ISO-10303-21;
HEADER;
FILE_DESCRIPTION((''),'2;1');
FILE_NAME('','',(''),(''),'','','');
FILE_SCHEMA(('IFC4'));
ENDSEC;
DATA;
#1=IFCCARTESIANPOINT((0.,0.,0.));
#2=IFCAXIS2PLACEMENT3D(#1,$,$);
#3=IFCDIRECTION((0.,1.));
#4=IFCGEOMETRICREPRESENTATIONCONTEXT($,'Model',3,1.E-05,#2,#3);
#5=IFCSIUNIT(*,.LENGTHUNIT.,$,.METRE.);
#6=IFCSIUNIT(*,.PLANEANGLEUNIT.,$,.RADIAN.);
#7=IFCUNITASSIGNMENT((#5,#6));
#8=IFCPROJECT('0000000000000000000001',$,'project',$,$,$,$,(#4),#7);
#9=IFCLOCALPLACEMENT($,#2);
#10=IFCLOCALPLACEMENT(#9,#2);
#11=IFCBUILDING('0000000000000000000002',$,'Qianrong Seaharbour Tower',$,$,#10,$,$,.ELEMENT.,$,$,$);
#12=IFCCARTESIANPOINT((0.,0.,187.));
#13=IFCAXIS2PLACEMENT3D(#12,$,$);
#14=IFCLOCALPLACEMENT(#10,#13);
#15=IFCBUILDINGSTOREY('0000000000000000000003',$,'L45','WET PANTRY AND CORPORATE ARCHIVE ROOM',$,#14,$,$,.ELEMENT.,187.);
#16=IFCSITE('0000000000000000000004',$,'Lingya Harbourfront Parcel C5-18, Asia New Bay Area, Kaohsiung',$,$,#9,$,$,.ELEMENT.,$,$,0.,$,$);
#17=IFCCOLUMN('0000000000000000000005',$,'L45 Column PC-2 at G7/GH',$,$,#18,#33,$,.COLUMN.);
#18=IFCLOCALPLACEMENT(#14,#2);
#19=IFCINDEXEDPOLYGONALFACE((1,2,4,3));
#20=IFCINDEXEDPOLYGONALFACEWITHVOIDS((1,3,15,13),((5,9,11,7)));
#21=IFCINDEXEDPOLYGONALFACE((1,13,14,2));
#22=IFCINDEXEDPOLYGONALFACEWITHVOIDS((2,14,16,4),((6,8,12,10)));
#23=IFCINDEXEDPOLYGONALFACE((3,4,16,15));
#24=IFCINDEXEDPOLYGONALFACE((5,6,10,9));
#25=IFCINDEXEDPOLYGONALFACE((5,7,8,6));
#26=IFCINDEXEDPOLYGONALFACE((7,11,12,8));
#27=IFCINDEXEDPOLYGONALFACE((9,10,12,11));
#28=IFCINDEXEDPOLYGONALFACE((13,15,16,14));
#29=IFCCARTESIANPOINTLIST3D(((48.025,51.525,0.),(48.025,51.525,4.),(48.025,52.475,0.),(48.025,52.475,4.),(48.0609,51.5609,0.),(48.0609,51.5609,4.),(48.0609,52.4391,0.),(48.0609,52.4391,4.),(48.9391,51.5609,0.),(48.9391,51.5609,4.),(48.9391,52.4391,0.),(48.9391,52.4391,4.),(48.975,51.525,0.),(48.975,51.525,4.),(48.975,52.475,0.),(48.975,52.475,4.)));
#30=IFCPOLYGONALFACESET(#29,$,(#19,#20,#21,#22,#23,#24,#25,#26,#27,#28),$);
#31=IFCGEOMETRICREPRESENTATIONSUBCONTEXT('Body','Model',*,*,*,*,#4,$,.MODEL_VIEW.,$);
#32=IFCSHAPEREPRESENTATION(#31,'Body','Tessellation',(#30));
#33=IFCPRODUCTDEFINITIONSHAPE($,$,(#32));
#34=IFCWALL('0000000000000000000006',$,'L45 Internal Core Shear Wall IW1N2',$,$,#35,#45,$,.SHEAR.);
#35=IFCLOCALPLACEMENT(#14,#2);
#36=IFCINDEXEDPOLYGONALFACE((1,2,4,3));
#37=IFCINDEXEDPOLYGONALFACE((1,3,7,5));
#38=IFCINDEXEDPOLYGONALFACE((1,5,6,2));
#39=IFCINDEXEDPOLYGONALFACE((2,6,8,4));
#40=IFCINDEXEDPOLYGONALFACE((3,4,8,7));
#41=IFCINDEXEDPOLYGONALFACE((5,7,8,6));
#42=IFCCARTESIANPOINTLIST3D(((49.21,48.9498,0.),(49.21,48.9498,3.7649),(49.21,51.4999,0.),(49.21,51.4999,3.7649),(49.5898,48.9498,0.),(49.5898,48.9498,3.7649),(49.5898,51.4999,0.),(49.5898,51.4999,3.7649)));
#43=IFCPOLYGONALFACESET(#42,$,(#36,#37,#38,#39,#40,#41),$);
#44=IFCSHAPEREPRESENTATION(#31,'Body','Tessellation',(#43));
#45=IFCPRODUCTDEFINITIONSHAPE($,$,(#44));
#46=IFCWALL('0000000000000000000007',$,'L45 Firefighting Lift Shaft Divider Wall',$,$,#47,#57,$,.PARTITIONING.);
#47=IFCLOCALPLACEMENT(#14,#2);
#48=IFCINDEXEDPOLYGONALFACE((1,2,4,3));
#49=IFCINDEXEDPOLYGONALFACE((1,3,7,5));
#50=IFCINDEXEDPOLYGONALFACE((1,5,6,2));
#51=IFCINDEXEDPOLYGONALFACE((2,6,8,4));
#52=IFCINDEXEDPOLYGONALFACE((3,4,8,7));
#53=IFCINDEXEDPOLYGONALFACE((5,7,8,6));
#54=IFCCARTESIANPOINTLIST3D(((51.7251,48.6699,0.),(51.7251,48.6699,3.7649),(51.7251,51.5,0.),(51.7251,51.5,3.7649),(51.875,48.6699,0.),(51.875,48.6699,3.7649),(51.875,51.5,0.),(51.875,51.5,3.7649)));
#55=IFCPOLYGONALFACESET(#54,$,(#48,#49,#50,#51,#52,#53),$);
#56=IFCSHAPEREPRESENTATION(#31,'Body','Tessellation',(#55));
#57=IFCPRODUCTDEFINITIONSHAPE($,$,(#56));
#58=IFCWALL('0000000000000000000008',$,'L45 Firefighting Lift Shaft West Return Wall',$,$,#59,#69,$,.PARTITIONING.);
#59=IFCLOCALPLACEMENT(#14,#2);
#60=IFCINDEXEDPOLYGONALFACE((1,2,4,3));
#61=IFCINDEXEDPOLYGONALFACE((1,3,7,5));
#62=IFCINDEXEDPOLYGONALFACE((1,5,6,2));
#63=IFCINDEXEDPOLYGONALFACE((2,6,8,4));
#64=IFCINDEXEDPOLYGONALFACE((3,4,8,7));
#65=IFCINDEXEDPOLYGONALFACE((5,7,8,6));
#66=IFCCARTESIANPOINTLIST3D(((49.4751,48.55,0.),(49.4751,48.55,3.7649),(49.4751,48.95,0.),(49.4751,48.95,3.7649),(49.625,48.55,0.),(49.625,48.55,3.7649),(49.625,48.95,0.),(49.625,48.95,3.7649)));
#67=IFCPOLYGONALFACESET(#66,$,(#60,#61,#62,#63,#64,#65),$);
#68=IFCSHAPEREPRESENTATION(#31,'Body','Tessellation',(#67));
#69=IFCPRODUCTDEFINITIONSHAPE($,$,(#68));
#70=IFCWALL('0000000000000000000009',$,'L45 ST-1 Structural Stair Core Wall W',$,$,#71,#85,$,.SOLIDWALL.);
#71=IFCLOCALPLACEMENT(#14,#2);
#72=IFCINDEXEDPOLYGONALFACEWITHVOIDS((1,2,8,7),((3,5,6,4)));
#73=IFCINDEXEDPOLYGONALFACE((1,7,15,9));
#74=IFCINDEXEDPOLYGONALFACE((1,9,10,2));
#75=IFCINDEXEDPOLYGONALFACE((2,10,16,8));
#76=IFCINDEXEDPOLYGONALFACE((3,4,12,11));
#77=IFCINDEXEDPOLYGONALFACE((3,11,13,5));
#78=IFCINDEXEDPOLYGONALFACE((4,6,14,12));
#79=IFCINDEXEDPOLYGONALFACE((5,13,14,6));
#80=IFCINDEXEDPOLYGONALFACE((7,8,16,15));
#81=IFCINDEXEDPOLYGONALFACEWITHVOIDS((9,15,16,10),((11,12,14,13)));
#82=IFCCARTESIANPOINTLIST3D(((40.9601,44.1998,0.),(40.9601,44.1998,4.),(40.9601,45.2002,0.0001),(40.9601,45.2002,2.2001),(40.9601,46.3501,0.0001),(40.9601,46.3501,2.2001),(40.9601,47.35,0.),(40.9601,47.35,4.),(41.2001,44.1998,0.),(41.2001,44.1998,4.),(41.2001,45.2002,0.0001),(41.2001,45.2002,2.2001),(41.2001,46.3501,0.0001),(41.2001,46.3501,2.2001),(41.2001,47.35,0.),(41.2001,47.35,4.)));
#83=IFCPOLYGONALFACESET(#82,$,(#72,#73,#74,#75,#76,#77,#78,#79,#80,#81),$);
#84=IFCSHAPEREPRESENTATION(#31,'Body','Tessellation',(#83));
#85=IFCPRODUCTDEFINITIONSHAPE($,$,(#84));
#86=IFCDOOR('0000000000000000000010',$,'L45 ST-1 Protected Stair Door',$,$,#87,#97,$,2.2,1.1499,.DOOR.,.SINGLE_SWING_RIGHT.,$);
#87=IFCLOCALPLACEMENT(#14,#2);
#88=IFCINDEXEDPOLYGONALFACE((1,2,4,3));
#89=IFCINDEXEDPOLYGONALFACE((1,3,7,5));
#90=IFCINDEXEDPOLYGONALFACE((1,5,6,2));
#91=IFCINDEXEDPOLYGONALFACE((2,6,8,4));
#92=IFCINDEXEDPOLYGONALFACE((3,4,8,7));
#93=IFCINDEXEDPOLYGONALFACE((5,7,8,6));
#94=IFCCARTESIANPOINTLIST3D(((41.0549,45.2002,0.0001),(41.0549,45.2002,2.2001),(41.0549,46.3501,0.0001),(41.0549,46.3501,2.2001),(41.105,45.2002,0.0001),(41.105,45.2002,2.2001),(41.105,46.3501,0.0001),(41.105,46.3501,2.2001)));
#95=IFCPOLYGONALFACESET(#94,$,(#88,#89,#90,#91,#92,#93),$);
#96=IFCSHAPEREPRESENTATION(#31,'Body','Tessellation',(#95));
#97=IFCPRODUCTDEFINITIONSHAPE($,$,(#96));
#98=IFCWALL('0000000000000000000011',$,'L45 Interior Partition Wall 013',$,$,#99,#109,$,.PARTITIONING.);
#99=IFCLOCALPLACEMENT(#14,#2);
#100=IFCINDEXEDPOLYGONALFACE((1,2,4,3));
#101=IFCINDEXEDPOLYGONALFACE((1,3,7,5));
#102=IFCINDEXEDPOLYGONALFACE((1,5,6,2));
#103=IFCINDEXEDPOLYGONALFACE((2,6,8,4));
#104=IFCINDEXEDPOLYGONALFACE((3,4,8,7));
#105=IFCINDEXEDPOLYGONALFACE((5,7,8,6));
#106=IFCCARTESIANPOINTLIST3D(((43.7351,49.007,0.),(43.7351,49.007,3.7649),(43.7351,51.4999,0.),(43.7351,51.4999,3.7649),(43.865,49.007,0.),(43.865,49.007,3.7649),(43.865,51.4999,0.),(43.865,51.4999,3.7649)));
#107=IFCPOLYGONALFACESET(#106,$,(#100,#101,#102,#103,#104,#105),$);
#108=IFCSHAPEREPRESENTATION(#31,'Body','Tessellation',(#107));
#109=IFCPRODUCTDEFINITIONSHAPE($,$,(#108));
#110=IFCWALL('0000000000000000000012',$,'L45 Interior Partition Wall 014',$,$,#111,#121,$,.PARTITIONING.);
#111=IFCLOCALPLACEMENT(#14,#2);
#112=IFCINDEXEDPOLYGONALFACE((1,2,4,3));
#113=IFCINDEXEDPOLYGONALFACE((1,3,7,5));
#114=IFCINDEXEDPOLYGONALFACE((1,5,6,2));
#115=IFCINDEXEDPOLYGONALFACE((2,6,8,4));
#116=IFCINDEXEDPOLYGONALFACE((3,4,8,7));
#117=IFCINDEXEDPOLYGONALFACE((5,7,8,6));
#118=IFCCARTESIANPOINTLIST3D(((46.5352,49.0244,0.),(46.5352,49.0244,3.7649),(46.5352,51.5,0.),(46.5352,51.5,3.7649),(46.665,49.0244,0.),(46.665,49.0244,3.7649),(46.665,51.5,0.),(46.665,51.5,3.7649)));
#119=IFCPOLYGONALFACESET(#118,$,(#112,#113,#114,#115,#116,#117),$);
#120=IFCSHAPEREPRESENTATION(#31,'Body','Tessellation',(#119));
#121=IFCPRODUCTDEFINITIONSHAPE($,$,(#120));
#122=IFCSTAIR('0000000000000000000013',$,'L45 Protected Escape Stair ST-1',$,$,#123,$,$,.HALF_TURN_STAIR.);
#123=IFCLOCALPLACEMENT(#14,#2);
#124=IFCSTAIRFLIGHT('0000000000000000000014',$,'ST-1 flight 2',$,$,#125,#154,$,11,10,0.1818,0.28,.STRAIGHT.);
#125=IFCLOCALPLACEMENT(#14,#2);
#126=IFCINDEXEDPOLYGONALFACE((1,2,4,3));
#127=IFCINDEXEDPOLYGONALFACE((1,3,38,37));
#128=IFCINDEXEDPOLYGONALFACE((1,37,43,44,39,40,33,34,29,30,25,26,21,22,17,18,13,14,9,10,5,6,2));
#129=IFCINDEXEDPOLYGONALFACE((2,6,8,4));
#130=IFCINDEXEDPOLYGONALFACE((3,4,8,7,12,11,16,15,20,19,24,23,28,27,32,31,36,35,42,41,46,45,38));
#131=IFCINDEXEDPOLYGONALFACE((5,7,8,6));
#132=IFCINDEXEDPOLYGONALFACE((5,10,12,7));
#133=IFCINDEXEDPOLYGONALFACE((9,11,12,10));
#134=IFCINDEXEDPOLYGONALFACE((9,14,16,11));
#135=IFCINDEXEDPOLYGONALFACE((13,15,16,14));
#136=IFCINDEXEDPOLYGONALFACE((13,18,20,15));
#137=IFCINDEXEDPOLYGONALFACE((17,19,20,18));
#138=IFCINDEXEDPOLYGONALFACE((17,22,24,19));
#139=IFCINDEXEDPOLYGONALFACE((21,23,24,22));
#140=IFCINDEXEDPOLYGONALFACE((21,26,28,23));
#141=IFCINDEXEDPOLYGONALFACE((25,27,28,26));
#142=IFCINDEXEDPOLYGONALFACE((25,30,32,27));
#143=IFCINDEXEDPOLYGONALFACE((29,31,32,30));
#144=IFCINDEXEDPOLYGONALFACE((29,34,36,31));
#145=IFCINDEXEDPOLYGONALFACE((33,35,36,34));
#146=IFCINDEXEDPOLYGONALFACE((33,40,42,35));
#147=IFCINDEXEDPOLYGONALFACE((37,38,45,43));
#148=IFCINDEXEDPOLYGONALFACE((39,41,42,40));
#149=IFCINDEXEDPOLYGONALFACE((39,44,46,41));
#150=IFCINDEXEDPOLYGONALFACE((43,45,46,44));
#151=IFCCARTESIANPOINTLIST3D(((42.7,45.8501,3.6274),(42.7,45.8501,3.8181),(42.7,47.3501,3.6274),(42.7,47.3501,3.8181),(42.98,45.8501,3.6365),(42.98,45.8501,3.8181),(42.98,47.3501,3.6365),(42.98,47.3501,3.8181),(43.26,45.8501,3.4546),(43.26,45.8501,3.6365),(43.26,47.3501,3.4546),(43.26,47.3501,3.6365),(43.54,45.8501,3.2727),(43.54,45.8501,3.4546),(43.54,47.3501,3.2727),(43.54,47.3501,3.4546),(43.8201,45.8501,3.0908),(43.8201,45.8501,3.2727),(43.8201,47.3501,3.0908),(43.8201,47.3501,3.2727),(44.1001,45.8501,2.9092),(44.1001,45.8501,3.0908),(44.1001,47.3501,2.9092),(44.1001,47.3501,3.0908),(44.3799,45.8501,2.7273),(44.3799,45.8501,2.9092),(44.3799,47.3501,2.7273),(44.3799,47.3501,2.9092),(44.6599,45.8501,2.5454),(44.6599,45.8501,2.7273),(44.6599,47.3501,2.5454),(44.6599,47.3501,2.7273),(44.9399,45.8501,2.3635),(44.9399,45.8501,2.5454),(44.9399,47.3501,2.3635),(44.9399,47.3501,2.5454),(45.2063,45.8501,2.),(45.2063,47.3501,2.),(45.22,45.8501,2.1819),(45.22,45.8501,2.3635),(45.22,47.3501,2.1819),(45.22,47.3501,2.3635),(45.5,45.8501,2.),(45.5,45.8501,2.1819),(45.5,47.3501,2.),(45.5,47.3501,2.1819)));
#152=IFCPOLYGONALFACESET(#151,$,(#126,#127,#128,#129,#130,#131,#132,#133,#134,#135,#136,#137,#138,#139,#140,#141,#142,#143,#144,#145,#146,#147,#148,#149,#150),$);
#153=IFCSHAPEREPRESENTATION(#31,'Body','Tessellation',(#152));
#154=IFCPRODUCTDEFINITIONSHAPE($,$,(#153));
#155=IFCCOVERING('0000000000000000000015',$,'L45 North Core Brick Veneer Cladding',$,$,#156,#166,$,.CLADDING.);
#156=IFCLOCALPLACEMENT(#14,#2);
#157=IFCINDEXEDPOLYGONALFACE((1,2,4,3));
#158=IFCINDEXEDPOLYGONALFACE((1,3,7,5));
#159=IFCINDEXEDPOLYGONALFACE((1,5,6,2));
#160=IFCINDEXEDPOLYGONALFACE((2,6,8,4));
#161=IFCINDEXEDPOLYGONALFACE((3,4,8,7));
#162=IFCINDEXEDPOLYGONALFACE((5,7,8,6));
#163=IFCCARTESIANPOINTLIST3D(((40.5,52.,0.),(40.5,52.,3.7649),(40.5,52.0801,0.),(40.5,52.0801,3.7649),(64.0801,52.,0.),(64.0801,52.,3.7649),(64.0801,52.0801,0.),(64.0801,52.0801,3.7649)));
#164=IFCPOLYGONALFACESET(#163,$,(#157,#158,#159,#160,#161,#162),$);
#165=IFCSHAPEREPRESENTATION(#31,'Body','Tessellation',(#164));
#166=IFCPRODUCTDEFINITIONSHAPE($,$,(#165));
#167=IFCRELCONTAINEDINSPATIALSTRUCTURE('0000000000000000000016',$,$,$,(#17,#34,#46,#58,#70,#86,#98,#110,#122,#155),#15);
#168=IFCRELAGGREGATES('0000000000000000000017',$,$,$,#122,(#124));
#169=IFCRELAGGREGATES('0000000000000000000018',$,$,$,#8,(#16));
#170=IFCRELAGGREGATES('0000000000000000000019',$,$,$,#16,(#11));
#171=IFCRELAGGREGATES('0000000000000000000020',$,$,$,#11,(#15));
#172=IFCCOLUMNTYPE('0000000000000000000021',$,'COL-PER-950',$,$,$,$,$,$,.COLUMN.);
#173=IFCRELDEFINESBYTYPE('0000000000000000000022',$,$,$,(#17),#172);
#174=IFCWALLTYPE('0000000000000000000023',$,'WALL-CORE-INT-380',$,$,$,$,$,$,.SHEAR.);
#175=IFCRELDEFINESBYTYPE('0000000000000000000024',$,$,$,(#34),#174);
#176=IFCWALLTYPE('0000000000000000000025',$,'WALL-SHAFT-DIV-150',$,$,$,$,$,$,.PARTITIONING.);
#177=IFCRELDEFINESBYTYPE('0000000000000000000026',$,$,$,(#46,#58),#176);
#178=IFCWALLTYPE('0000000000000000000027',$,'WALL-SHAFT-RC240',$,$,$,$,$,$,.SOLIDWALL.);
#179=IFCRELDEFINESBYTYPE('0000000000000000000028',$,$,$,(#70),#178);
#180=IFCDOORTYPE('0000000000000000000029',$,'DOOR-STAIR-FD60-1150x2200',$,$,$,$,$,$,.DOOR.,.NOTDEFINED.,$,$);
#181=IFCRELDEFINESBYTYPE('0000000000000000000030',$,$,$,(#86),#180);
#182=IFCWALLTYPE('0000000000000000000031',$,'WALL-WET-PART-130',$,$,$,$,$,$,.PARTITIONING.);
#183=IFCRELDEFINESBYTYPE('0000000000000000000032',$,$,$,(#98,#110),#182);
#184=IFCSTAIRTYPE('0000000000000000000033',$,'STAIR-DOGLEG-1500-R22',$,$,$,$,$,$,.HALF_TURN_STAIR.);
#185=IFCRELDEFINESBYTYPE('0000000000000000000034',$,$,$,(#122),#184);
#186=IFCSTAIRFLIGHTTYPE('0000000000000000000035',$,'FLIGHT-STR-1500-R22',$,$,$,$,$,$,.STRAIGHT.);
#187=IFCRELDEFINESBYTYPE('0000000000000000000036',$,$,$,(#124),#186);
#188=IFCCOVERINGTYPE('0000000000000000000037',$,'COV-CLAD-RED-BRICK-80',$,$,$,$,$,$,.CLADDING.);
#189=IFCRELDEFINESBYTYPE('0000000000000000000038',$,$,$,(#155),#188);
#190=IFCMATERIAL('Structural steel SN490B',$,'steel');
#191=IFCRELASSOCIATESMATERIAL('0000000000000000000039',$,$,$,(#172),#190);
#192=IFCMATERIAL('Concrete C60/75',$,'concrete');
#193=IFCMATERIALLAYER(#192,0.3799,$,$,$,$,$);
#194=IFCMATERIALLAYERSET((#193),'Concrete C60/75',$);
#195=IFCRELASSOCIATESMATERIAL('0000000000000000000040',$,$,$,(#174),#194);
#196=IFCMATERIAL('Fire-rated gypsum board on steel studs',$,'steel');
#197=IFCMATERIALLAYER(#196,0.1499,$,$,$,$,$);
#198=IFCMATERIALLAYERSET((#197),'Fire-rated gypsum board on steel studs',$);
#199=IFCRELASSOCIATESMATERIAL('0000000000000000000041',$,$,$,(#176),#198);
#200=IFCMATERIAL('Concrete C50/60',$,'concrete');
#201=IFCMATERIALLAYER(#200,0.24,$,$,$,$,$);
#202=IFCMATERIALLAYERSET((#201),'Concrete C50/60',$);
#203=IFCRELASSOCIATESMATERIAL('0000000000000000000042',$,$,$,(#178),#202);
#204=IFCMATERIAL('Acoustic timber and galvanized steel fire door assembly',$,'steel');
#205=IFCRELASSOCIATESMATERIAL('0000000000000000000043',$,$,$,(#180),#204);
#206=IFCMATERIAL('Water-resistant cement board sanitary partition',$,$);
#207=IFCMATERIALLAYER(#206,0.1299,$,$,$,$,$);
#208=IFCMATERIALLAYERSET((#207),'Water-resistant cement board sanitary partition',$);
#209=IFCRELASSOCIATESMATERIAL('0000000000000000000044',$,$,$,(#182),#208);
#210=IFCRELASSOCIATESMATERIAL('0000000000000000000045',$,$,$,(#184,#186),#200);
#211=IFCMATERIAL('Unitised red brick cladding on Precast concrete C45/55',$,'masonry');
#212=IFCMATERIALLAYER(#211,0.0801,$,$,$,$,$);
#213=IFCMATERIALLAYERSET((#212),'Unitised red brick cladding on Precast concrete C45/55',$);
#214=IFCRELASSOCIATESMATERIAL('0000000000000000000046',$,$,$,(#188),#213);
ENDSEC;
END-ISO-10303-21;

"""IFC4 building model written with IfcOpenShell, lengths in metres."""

from ifc_helpers import new_model, si_unit, direction, frame, frame_2d, origin, origin_2d, place, context, subcontext, project, spatial, polyline, rectangle, hollow_rectangle, outline, extrude, material, layer, layer_set, material_profile, profile_set, type_object, element, fill, aggregate, save


model = new_model("IFC4")

# Units and contexts
model_context = context("Model", 3, precision=1e-05, world=origin(), true_north=direction((0.0, 1.0)))
body_context = subcontext(model_context, "Body", "Model", "MODEL_VIEW")
ifc_project = project(units=[si_unit("LENGTHUNIT", "METRE"), si_unit("PLANEANGLEUNIT", "RADIAN")], contexts=[model_context])

# Site, building, storey
site_placement = place(None, origin())
site = spatial("IfcSite", under=ifc_project, at=site_placement, Name="Lingya Harbourfront Parcel C5-18, Asia New Bay Area, Kaohsiung", CompositionType="ELEMENT", RefElevation=0.0)
building_placement = place(site_placement, origin())
building = spatial("IfcBuilding", under=site, at=building_placement, Name="Qianrong Seaharbour Tower", CompositionType="ELEMENT")
storey_placement = place(building_placement, frame((0.0, 0.0, 187.0)))
storey = spatial("IfcBuildingStorey", under=building, at=storey_placement, Name="L45", Description="WET PANTRY AND CORPORATE ARCHIVE ROOM", CompositionType="ELEMENT", Elevation=187.0)

# Column
ifc_material_1 = material(Name="Structural steel SN490B", Category="steel")
ifc_material_profile = material_profile(ifc_material_1, hollow_rectangle(XDim=0.95, YDim=0.95, WallThickness=0.0359, at=origin_2d()), Name="BOX950x950x36")
ifc_profile_set = profile_set([ifc_material_profile], Name="Structural steel SN490B")
column_type = type_object("IfcColumnType", Name="COL-PER-950", PredefinedType="COLUMN", material=ifc_profile_set)
column_placement = place(storey_placement, frame((48.5, 52.0, 0.0), z_axis=(0.0, 0.0, 1.0), x_axis=(1.0, 0.0, 0.0)))
element("IfcColumn", 1, at=column_placement, inside=storey, type_object=column_type, Name="L45 Column PC-2 at G7/GH", PredefinedType="COLUMN", context=body_context, shape_type="SweptSolid", body=[
    extrude(hollow_rectangle(XDim=0.95, YDim=0.95, WallThickness=0.0359, at=origin_2d()), origin(), (0.0, 0.0, 1.0), 4.0),
])

# Wall
ifc_material_2 = material(Name="Concrete C60/75", Category="concrete")
ifc_layer_1 = layer(ifc_material_2, 0.3799)
ifc_layer_set_1 = layer_set([ifc_layer_1], Name="Concrete C60/75")
wall_type_1 = type_object("IfcWallType", Name="WALL-CORE-INT-380", PredefinedType="SHEAR", material=ifc_layer_set_1)
wall_1_placement = place(storey_placement, frame((49.3999, 48.95, 0.0), z_axis=(0.0, 0.0, 1.0), x_axis=(0.0, 1.0, 0.0)))
element("IfcWall", 2, at=wall_1_placement, inside=storey, type_object=wall_type_1, Name="L45 Internal Core Shear Wall IW1N2", PredefinedType="SHEAR", context=body_context, shape_type="SweptSolid", body=[
    extrude(rectangle(XDim=2.55, YDim=0.3799, at=frame_2d((1.2749, 0.0))), origin(), (0.0, 0.0, 1.0), 3.7649),
])

# Shared definitions
ifc_material_3 = material(Name="Acoustic timber and galvanized steel fire door assembly", Category="steel")

# Walls
ifc_material_4 = material(Name="Fire-rated gypsum board on steel studs", Category="steel")
ifc_layer_2 = layer(ifc_material_4, 0.1499)
ifc_layer_set_2 = layer_set([ifc_layer_2], Name="Fire-rated gypsum board on steel studs")
wall_type_2 = type_object("IfcWallType", Name="WALL-SHAFT-DIV-150", PredefinedType="PARTITIONING", material=ifc_layer_set_2)
wall_2_placement = place(storey_placement, frame((51.8, 48.6699, 0.0), z_axis=(0.0, 0.0, 1.0), x_axis=(0.0, 1.0, 0.0)))
element("IfcWall", 3, at=wall_2_placement, inside=storey, type_object=wall_type_2, Name="L45 Firefighting Lift Shaft Divider Wall", PredefinedType="PARTITIONING", context=body_context, shape_type="SweptSolid", body=[
    extrude(rectangle(XDim=2.8301, YDim=0.1499, at=frame_2d((1.415, 0.0))), origin(), (0.0, 0.0, 1.0), 3.7649),
])
wall_3_placement = place(storey_placement, frame((49.55, 48.55, 0.0), z_axis=(0.0, 0.0, 1.0), x_axis=(0.0, 1.0, 0.0)))
element("IfcWall", 4, at=wall_3_placement, inside=storey, type_object=wall_type_2, Name="L45 Firefighting Lift Shaft West Return Wall", PredefinedType="PARTITIONING", context=body_context, shape_type="SweptSolid", body=[
    extrude(rectangle(XDim=0.3999, YDim=0.1499, at=frame_2d((0.2, 0.0))), origin(), (0.0, 0.0, 1.0), 3.7649),
])

# Wall, opening, door
ifc_material_5 = material(Name="Concrete C50/60", Category="concrete")
ifc_layer_3 = layer(ifc_material_5, 0.24)
ifc_layer_set_3 = layer_set([ifc_layer_3], Name="Concrete C50/60")
wall_type_3 = type_object("IfcWallType", Name="WALL-SHAFT-RC240", PredefinedType="SOLIDWALL", material=ifc_layer_set_3)
wall_4_placement = place(storey_placement, frame((41.0801, 47.3501, 0.0), z_axis=(0.0, 0.0, 1.0), x_axis=(0.0, -1.0, 0.0)))
wall_4 = element("IfcWall", 5, at=wall_4_placement, inside=storey, type_object=wall_type_3, Name="L45 ST-1 Structural Stair Core Wall W", PredefinedType="SOLIDWALL", context=body_context, shape_type="SweptSolid", body=[
    extrude(rectangle(XDim=3.1501, YDim=0.24, at=frame_2d((1.5752, 0.0))), origin(), (0.0, 0.0, 1.0), 4.0),
])
opening_1_placement = place(wall_4_placement, frame((1.0, 0.0, 0.0)))
opening_1 = element("IfcOpeningElement", 6, at=opening_1_placement, cuts=wall_4, PredefinedType="OPENING", context=body_context, shape_type="SweptSolid", body=[
    extrude(rectangle(XDim=1.1499, YDim=2.2, at=frame_2d((0.575, 1.1001))), frame((0.0, 0.1299, 0.0), z_axis=(0.0, -1.0, 0.0), x_axis=(1.0, 0.0, 0.0)), (0.0, 0.0, 1.0), 0.26),
])
door_type_1 = type_object("IfcDoorType", Name="DOOR-STAIR-FD60-1150x2200", OperationType="NOTDEFINED", PredefinedType="DOOR", material=ifc_material_3)
door_1_placement = place(opening_1_placement, origin())
door_1 = element("IfcDoor", 7, at=door_1_placement, inside=storey, type_object=door_type_1, Name="L45 ST-1 Protected Stair Door", OperationType="SINGLE_SWING_RIGHT", OverallHeight=2.2, OverallWidth=1.1499, PredefinedType="DOOR", context=body_context, shape_type="SweptSolid", body=[
    extrude(rectangle(XDim=1.1499, YDim=2.2, at=frame_2d((0.575, 1.1001))), frame((0.0, 0.0249, 0.0), z_axis=(0.0, -1.0, 0.0), x_axis=(1.0, 0.0, 0.0)), (0.0, 0.0, 1.0), 0.05),
])
fill(opening_1, door_1)
ifc_material_6 = material(Name="Water-resistant cement board sanitary partition")
ifc_layer_4 = layer(ifc_material_6, 0.1299)
ifc_layer_set_4 = layer_set([ifc_layer_4], Name="Water-resistant cement board sanitary partition")
wall_type_4 = type_object("IfcWallType", Name="WALL-WET-PART-130", PredefinedType="PARTITIONING", material=ifc_layer_set_4)

# Walls
wall_5_placement = place(storey_placement, frame((43.8, 51.5, 0.0), z_axis=(0.0, 0.0, 1.0), x_axis=(0.0, -1.0, 0.0)))
element("IfcWall", 8, at=wall_5_placement, inside=storey, type_object=wall_type_4, Name="L45 Interior Partition Wall 013", PredefinedType="PARTITIONING", context=body_context, shape_type="SweptSolid", body=[
    extrude(rectangle(XDim=2.4929, YDim=0.1299, at=frame_2d((1.2466, 0.0))), origin(), (0.0, 0.0, 1.0), 3.7649),
])
wall_6_placement = place(storey_placement, frame((46.6001, 51.5, 0.0), z_axis=(0.0, 0.0, 1.0), x_axis=(0.0, -1.0, 0.0)))
element("IfcWall", 9, at=wall_6_placement, inside=storey, type_object=wall_type_4, Name="L45 Interior Partition Wall 014", PredefinedType="PARTITIONING", context=body_context, shape_type="SweptSolid", body=[
    extrude(rectangle(XDim=2.4756, YDim=0.1299, at=frame_2d((1.2378, 0.0))), origin(), (0.0, 0.0, 1.0), 3.7649),
])

# Stair, stair flight
stair_type = type_object("IfcStairType", Name="STAIR-DOGLEG-1500-R22", PredefinedType="HALF_TURN_STAIR", material=ifc_material_5)
stair_placement = place(storey_placement, origin())
stair = element("IfcStair", 10, at=stair_placement, inside=storey, type_object=stair_type, Name="L45 Protected Escape Stair ST-1", PredefinedType="HALF_TURN_STAIR")
stair_flight_type = type_object("IfcStairFlightType", Name="FLIGHT-STR-1500-R22", PredefinedType="STRAIGHT", material=ifc_material_5)
stair_flight_placement = place(storey_placement, frame((45.5, 46.6001, 2.0), z_axis=(0.0, 0.0, 1.0), x_axis=(-1.0, 0.0, 0.0)))
stair_flight = element("IfcStairFlight", 11, at=stair_flight_placement, type_object=stair_flight_type, Name="ST-1 flight 2", NumberOfRisers=11, NumberOfTreads=10, PredefinedType="STRAIGHT", RiserHeight=0.1818, TreadLength=0.28, context=body_context, shape_type="SweptSolid", body=[
    extrude(outline(polyline([(0.0, 0.0), (0.0, 0.1819), (0.28, 0.1819), (0.28, 0.3635), (0.5601, 0.3635), (0.5601, 0.5454), (0.8401, 0.5454), (0.8401, 0.7273), (1.1201, 0.7273), (1.1201, 0.9092), (1.3999, 0.9092), (1.3999, 1.0908), (1.6799, 1.0908), (1.6799, 1.2727), (1.96, 1.2727), (1.96, 1.4546), (2.24, 1.4546), (2.24, 1.6365), (2.52, 1.6365), (2.52, 1.8181), (2.8, 1.8181), (2.8, 2.0), (2.8, 1.6274), (0.2937, 0.0), (0.0, 0.0)])), frame((0.0, 0.75, 0.0), z_axis=(0.0, -1.0, 0.0), x_axis=(1.0, 0.0, 0.0)), (0.0, 0.0, 1.0), 1.5),
])
aggregate(stair, [stair_flight])

# Covering
ifc_material_7 = material(Name="Unitised red brick cladding on Precast concrete C45/55", Category="masonry")
ifc_layer_5 = layer(ifc_material_7, 0.0801)
ifc_layer_set_5 = layer_set([ifc_layer_5], Name="Unitised red brick cladding on Precast concrete C45/55")
covering_type = type_object("IfcCoveringType", Name="COV-CLAD-RED-BRICK-80", PredefinedType="CLADDING", material=ifc_layer_set_5)
covering_placement = place(storey_placement, frame((52.29, 52.04, 0.0), z_axis=(0.0, 0.0, 1.0), x_axis=(1.0, 0.0, 0.0)))
element("IfcCovering", 12, at=covering_placement, inside=storey, type_object=covering_type, Name="L45 North Core Brick Veneer Cladding", PredefinedType="CLADDING", context=body_context, shape_type="SweptSolid", body=[
    extrude(rectangle(XDim=23.5801, YDim=0.0801, at=origin_2d()), origin(), (0.0, 0.0, 1.0), 3.7649),
])

save(model, "model.ifc")
